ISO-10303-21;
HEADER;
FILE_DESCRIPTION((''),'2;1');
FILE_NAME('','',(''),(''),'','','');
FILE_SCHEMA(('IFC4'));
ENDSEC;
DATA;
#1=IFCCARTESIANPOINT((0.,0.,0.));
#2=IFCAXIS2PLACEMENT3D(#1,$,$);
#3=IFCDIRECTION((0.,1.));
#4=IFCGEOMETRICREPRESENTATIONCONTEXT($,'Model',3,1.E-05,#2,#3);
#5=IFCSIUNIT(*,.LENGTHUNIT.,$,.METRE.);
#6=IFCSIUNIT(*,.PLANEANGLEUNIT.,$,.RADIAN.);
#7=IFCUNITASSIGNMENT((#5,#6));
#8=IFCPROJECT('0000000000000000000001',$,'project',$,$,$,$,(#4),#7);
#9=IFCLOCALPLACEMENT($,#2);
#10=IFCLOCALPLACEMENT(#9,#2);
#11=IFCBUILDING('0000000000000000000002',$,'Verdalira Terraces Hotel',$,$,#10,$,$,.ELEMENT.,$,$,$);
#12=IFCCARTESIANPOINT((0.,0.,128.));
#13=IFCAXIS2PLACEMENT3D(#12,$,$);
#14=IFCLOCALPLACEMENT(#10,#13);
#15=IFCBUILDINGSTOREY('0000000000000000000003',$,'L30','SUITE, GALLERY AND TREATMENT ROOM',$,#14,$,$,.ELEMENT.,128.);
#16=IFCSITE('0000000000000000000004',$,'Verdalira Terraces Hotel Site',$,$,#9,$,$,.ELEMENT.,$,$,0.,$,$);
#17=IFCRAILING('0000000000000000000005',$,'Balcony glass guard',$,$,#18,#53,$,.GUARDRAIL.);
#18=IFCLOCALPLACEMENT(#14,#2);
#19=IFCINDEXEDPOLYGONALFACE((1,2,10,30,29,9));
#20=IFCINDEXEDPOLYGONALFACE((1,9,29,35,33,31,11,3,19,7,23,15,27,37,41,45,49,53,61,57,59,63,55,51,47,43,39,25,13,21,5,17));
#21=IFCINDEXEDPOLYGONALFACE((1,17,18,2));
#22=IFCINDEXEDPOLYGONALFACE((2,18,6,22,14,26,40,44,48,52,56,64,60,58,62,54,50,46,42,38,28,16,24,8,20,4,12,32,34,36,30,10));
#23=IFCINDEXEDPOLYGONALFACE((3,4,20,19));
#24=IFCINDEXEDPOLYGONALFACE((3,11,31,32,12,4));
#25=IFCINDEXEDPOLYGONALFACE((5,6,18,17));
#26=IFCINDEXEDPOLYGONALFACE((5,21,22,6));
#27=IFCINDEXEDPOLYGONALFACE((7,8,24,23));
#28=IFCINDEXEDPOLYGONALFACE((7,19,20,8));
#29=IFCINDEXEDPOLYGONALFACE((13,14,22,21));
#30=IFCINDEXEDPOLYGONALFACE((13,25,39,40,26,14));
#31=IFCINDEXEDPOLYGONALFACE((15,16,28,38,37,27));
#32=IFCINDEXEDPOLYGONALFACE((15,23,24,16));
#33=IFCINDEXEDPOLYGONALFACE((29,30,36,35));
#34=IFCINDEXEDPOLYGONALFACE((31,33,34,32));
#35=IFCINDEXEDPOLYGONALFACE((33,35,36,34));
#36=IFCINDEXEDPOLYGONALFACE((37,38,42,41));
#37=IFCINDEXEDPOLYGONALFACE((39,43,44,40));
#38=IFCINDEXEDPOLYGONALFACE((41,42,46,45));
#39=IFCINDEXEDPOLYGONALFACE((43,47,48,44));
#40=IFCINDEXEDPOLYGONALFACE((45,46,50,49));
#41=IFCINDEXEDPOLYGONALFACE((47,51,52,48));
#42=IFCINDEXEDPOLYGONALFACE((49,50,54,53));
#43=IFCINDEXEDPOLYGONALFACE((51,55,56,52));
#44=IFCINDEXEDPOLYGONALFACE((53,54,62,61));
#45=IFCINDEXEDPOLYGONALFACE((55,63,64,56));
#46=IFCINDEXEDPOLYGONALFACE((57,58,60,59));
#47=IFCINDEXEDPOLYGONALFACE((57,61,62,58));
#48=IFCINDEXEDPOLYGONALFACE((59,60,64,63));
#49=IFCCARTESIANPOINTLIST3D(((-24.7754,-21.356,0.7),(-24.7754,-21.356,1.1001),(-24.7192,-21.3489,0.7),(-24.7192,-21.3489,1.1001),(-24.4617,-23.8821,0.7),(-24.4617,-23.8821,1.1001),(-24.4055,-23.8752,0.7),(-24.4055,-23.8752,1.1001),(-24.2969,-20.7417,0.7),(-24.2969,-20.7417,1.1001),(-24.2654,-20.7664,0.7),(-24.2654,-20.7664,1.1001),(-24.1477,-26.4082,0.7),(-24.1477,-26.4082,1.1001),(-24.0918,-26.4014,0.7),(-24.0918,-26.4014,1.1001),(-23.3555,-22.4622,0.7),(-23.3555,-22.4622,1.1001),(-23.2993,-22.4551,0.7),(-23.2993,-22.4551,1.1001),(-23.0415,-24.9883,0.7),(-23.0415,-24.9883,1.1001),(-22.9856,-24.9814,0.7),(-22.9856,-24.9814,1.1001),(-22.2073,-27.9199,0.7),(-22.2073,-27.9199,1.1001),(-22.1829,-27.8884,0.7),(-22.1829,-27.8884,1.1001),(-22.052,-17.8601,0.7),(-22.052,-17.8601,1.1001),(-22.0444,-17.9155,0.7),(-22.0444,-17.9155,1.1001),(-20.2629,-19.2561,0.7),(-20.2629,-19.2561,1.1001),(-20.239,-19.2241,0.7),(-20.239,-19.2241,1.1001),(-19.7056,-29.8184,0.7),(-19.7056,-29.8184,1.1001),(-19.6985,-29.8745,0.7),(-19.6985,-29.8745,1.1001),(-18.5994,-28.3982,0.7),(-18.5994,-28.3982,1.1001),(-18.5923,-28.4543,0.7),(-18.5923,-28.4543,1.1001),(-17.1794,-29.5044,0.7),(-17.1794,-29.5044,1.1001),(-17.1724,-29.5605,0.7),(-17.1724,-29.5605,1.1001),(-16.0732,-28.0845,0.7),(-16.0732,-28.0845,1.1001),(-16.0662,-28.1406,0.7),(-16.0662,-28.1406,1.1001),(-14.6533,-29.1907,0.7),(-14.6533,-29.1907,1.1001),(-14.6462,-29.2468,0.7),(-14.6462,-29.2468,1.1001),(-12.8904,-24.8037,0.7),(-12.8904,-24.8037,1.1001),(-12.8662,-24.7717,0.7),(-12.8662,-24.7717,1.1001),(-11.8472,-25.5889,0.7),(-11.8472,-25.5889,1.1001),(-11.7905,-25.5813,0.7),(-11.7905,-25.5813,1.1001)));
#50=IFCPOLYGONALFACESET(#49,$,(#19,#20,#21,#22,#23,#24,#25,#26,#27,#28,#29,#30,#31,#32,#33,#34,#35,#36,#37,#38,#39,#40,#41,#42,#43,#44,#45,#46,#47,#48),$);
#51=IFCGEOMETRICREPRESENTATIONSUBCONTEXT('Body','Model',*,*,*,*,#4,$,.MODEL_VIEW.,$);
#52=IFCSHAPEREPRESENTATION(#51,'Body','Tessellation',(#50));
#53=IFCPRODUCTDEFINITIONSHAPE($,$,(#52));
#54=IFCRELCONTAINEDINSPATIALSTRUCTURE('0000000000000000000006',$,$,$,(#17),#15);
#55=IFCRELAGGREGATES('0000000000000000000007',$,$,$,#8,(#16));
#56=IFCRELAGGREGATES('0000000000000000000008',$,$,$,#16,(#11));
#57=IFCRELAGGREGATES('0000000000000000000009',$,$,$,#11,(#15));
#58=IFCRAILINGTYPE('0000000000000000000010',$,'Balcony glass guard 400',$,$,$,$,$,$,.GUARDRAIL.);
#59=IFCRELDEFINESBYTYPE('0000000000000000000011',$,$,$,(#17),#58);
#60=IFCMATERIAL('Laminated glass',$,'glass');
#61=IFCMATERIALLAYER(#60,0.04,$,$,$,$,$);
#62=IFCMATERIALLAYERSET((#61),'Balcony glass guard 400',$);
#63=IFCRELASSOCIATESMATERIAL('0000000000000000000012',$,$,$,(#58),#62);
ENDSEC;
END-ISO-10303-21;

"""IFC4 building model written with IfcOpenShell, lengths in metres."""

from ifc_helpers import new_model, si_unit, direction, frame, origin, place, context, subcontext, project, spatial, polyline, outline, extrude, material, layer, layer_set, type_object, element, save


model = new_model("IFC4")

# Units and contexts
model_context = context("Model", 3, precision=1e-05, world=origin(), true_north=direction((0.0, 1.0)))
body_context = subcontext(model_context, "Body", "Model", "MODEL_VIEW")
ifc_project = project(units=[si_unit("LENGTHUNIT", "METRE"), si_unit("PLANEANGLEUNIT", "RADIAN")], contexts=[model_context])

# Site, building, storey
site_placement = place(None, origin())
site = spatial("IfcSite", under=ifc_project, at=site_placement, Name="Verdalira Terraces Hotel Site", CompositionType="ELEMENT", RefElevation=0.0)
building_placement = place(site_placement, origin())
building = spatial("IfcBuilding", under=site, at=building_placement, Name="Verdalira Terraces Hotel", CompositionType="ELEMENT")
storey_placement = place(building_placement, frame((0.0, 0.0, 128.0)))
storey = spatial("IfcBuildingStorey", under=building, at=storey_placement, Name="L30", Description="SUITE, GALLERY AND TREATMENT ROOM", CompositionType="ELEMENT", Elevation=128.0)

# Railing
ifc_material_1 = material(Name="Laminated glass", Category="glass")
ifc_layer_1 = layer(ifc_material_1, 0.04)
ifc_layer_set_1 = layer_set([ifc_layer_1], Name="Balcony glass guard 400")
railing_type_1 = type_object("IfcRailingType", Name="Balcony glass guard 400", PredefinedType="GUARDRAIL", material=ifc_layer_set_1)
railing_1_placement = place(storey_placement, frame((0.0, 0.0, 0.7)))
element("IfcRailing", 1, at=railing_1_placement, inside=storey, type_object=railing_type_1, Name="Balcony glass guard", PredefinedType="GUARDRAIL", context=body_context, shape_type="SweptSolid", body=[
    extrude(outline(polyline([(-22.0444, -17.9155), (-24.2654, -20.7664), (-24.7192, -21.3489), (-23.2993, -22.4551), (-24.4055, -23.8752), (-22.9856, -24.9814), (-24.0918, -26.4014), (-22.1829, -27.8884), (-19.7056, -29.8184), (-18.5994, -28.3982), (-17.1794, -29.5044), (-16.0732, -28.0845), (-14.6533, -29.1907), (-11.8472, -25.5889), (-12.8904, -24.8037), (-12.8662, -24.7717), (-11.7905, -25.5813), (-14.6462, -29.2468), (-16.0662, -28.1406), (-17.1724, -29.5605), (-18.5923, -28.4543), (-19.6985, -29.8745), (-22.2073, -27.9199), (-24.1477, -26.4082), (-23.0415, -24.9883), (-24.4617, -23.8821), (-23.3555, -22.4622), (-24.7754, -21.356), (-24.2969, -20.7417), (-22.052, -17.8601), (-20.239, -19.2241), (-20.2629, -19.2561), (-22.0444, -17.9155)])), origin(), (0.0, 0.0, 1.0), 0.4001),
])

save(model, "model.ifc")
